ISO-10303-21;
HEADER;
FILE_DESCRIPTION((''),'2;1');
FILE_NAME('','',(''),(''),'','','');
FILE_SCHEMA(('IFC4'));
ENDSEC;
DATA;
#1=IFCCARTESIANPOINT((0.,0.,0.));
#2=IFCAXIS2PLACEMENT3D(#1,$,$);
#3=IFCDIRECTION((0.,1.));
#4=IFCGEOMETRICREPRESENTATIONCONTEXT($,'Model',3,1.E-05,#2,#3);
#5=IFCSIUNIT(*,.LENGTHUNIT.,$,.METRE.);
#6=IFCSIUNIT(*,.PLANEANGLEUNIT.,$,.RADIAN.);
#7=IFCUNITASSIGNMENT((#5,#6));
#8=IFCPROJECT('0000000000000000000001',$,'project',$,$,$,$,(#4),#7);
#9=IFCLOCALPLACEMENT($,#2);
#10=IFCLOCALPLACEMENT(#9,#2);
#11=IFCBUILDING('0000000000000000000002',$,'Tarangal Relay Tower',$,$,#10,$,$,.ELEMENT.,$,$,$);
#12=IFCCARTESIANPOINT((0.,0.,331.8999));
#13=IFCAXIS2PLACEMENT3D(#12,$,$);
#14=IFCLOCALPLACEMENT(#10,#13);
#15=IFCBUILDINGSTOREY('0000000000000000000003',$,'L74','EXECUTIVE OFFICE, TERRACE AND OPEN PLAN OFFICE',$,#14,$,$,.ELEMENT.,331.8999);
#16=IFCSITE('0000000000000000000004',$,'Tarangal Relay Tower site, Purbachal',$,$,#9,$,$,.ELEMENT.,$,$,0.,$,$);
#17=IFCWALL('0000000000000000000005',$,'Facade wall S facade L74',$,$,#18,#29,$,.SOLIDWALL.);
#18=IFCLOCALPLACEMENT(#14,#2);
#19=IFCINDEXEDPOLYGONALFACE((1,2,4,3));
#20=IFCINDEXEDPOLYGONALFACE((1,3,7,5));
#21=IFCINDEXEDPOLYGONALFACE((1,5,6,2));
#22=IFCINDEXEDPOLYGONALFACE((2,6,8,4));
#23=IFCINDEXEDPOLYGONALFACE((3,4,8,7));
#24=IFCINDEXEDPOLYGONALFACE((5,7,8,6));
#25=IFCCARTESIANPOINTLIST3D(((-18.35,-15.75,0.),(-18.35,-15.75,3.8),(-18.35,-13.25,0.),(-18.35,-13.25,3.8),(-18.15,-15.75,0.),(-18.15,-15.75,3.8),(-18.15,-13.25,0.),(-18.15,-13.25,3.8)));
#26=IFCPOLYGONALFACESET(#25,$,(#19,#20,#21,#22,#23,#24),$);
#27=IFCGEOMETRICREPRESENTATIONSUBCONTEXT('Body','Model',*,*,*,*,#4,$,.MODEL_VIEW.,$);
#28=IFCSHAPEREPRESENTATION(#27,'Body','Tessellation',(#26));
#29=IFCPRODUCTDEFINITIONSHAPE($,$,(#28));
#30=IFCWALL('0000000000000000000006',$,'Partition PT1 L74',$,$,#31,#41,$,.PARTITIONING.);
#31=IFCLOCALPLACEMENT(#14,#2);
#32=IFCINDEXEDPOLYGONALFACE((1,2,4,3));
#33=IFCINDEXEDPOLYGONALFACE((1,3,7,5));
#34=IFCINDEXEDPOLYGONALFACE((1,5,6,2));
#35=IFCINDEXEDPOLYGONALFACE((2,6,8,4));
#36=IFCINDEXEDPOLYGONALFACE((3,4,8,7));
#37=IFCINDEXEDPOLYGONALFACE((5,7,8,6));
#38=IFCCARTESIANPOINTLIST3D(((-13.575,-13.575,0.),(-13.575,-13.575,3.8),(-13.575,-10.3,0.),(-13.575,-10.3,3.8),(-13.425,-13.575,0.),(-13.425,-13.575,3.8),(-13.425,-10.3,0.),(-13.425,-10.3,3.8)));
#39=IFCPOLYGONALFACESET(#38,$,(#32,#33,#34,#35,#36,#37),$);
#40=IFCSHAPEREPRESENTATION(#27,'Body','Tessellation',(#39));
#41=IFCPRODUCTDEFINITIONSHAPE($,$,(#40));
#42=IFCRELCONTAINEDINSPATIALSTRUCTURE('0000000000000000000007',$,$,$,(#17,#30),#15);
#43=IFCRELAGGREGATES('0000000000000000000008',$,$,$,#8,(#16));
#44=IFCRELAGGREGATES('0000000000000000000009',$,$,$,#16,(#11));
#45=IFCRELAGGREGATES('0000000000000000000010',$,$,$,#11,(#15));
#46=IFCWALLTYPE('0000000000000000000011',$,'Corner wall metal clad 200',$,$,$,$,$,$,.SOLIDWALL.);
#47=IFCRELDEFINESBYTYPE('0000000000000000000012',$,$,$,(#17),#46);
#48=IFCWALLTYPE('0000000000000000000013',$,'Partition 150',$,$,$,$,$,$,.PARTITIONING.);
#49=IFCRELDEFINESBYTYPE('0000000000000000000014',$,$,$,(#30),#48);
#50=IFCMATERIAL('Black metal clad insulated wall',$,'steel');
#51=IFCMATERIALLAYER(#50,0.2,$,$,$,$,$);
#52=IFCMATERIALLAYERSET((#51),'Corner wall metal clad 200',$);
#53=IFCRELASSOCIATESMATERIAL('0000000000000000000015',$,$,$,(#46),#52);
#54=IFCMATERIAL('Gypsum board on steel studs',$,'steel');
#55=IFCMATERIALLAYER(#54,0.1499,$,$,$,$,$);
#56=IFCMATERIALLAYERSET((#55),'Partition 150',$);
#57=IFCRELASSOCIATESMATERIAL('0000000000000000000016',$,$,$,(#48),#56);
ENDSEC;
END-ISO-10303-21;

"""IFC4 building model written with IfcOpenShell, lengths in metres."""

from ifc_helpers import new_model, si_unit, direction, frame, frame_2d, origin, place, context, subcontext, project, spatial, rectangle, extrude, material, layer, layer_set, type_object, element, save


model = new_model("IFC4")

# Units and contexts
model_context = context("Model", 3, precision=1e-05, world=origin(), true_north=direction((0.0, 1.0)))
body_context = subcontext(model_context, "Body", "Model", "MODEL_VIEW")
ifc_project = project(units=[si_unit("LENGTHUNIT", "METRE"), si_unit("PLANEANGLEUNIT", "RADIAN")], contexts=[model_context])

# Site, building, storey
site_placement = place(None, origin())
site = spatial("IfcSite", under=ifc_project, at=site_placement, Name="Tarangal Relay Tower site, Purbachal", CompositionType="ELEMENT", RefElevation=0.0)
building_placement = place(site_placement, origin())
building = spatial("IfcBuilding", under=site, at=building_placement, Name="Tarangal Relay Tower", CompositionType="ELEMENT")
storey_placement = place(building_placement, frame((0.0, 0.0, 331.8999)))
storey = spatial("IfcBuildingStorey", under=building, at=storey_placement, Name="L74", Description="EXECUTIVE OFFICE, TERRACE AND OPEN PLAN OFFICE", CompositionType="ELEMENT", Elevation=331.8999)

# Shared definitions
ifc_material_1 = material(Name="Black metal clad insulated wall", Category="steel")
ifc_layer_1 = layer(ifc_material_1, 0.2)
ifc_layer_set_1 = layer_set([ifc_layer_1], Name="Corner wall metal clad 200")
wall_type_1 = type_object("IfcWallType", Name="Corner wall metal clad 200", PredefinedType="SOLIDWALL", material=ifc_layer_set_1)

# Walls
wall_1_placement = place(storey_placement, frame((-18.25, -15.75, 0.0), z_axis=(0.0, 0.0, 1.0), x_axis=(0.0, 1.0, 0.0)))
element("IfcWall", 1, at=wall_1_placement, inside=storey, type_object=wall_type_1, Name="Facade wall S facade L74", PredefinedType="SOLIDWALL", context=body_context, shape_type="SweptSolid", body=[
    extrude(rectangle(XDim=2.5, YDim=0.2, at=frame_2d((1.25, 0.0))), origin(), (0.0, 0.0, 1.0), 3.8),
])
ifc_material_2 = material(Name="Gypsum board on steel studs", Category="steel")
ifc_layer_2 = layer(ifc_material_2, 0.1499)
ifc_layer_set_2 = layer_set([ifc_layer_2], Name="Partition 150")
wall_type_2 = type_object("IfcWallType", Name="Partition 150", PredefinedType="PARTITIONING", material=ifc_layer_set_2)
wall_2_placement = place(storey_placement, frame((-13.5, -13.575, 0.0), z_axis=(0.0, 0.0, 1.0), x_axis=(0.0, 1.0, 0.0)))
element("IfcWall", 2, at=wall_2_placement, inside=storey, type_object=wall_type_2, Name="Partition PT1 L74", PredefinedType="PARTITIONING", context=body_context, shape_type="SweptSolid", body=[
    extrude(rectangle(XDim=3.2749, YDim=0.1499, at=frame_2d((1.6375, 0.0))), origin(), (0.0, 0.0, 1.0), 3.8),
])

save(model, "model.ifc")
